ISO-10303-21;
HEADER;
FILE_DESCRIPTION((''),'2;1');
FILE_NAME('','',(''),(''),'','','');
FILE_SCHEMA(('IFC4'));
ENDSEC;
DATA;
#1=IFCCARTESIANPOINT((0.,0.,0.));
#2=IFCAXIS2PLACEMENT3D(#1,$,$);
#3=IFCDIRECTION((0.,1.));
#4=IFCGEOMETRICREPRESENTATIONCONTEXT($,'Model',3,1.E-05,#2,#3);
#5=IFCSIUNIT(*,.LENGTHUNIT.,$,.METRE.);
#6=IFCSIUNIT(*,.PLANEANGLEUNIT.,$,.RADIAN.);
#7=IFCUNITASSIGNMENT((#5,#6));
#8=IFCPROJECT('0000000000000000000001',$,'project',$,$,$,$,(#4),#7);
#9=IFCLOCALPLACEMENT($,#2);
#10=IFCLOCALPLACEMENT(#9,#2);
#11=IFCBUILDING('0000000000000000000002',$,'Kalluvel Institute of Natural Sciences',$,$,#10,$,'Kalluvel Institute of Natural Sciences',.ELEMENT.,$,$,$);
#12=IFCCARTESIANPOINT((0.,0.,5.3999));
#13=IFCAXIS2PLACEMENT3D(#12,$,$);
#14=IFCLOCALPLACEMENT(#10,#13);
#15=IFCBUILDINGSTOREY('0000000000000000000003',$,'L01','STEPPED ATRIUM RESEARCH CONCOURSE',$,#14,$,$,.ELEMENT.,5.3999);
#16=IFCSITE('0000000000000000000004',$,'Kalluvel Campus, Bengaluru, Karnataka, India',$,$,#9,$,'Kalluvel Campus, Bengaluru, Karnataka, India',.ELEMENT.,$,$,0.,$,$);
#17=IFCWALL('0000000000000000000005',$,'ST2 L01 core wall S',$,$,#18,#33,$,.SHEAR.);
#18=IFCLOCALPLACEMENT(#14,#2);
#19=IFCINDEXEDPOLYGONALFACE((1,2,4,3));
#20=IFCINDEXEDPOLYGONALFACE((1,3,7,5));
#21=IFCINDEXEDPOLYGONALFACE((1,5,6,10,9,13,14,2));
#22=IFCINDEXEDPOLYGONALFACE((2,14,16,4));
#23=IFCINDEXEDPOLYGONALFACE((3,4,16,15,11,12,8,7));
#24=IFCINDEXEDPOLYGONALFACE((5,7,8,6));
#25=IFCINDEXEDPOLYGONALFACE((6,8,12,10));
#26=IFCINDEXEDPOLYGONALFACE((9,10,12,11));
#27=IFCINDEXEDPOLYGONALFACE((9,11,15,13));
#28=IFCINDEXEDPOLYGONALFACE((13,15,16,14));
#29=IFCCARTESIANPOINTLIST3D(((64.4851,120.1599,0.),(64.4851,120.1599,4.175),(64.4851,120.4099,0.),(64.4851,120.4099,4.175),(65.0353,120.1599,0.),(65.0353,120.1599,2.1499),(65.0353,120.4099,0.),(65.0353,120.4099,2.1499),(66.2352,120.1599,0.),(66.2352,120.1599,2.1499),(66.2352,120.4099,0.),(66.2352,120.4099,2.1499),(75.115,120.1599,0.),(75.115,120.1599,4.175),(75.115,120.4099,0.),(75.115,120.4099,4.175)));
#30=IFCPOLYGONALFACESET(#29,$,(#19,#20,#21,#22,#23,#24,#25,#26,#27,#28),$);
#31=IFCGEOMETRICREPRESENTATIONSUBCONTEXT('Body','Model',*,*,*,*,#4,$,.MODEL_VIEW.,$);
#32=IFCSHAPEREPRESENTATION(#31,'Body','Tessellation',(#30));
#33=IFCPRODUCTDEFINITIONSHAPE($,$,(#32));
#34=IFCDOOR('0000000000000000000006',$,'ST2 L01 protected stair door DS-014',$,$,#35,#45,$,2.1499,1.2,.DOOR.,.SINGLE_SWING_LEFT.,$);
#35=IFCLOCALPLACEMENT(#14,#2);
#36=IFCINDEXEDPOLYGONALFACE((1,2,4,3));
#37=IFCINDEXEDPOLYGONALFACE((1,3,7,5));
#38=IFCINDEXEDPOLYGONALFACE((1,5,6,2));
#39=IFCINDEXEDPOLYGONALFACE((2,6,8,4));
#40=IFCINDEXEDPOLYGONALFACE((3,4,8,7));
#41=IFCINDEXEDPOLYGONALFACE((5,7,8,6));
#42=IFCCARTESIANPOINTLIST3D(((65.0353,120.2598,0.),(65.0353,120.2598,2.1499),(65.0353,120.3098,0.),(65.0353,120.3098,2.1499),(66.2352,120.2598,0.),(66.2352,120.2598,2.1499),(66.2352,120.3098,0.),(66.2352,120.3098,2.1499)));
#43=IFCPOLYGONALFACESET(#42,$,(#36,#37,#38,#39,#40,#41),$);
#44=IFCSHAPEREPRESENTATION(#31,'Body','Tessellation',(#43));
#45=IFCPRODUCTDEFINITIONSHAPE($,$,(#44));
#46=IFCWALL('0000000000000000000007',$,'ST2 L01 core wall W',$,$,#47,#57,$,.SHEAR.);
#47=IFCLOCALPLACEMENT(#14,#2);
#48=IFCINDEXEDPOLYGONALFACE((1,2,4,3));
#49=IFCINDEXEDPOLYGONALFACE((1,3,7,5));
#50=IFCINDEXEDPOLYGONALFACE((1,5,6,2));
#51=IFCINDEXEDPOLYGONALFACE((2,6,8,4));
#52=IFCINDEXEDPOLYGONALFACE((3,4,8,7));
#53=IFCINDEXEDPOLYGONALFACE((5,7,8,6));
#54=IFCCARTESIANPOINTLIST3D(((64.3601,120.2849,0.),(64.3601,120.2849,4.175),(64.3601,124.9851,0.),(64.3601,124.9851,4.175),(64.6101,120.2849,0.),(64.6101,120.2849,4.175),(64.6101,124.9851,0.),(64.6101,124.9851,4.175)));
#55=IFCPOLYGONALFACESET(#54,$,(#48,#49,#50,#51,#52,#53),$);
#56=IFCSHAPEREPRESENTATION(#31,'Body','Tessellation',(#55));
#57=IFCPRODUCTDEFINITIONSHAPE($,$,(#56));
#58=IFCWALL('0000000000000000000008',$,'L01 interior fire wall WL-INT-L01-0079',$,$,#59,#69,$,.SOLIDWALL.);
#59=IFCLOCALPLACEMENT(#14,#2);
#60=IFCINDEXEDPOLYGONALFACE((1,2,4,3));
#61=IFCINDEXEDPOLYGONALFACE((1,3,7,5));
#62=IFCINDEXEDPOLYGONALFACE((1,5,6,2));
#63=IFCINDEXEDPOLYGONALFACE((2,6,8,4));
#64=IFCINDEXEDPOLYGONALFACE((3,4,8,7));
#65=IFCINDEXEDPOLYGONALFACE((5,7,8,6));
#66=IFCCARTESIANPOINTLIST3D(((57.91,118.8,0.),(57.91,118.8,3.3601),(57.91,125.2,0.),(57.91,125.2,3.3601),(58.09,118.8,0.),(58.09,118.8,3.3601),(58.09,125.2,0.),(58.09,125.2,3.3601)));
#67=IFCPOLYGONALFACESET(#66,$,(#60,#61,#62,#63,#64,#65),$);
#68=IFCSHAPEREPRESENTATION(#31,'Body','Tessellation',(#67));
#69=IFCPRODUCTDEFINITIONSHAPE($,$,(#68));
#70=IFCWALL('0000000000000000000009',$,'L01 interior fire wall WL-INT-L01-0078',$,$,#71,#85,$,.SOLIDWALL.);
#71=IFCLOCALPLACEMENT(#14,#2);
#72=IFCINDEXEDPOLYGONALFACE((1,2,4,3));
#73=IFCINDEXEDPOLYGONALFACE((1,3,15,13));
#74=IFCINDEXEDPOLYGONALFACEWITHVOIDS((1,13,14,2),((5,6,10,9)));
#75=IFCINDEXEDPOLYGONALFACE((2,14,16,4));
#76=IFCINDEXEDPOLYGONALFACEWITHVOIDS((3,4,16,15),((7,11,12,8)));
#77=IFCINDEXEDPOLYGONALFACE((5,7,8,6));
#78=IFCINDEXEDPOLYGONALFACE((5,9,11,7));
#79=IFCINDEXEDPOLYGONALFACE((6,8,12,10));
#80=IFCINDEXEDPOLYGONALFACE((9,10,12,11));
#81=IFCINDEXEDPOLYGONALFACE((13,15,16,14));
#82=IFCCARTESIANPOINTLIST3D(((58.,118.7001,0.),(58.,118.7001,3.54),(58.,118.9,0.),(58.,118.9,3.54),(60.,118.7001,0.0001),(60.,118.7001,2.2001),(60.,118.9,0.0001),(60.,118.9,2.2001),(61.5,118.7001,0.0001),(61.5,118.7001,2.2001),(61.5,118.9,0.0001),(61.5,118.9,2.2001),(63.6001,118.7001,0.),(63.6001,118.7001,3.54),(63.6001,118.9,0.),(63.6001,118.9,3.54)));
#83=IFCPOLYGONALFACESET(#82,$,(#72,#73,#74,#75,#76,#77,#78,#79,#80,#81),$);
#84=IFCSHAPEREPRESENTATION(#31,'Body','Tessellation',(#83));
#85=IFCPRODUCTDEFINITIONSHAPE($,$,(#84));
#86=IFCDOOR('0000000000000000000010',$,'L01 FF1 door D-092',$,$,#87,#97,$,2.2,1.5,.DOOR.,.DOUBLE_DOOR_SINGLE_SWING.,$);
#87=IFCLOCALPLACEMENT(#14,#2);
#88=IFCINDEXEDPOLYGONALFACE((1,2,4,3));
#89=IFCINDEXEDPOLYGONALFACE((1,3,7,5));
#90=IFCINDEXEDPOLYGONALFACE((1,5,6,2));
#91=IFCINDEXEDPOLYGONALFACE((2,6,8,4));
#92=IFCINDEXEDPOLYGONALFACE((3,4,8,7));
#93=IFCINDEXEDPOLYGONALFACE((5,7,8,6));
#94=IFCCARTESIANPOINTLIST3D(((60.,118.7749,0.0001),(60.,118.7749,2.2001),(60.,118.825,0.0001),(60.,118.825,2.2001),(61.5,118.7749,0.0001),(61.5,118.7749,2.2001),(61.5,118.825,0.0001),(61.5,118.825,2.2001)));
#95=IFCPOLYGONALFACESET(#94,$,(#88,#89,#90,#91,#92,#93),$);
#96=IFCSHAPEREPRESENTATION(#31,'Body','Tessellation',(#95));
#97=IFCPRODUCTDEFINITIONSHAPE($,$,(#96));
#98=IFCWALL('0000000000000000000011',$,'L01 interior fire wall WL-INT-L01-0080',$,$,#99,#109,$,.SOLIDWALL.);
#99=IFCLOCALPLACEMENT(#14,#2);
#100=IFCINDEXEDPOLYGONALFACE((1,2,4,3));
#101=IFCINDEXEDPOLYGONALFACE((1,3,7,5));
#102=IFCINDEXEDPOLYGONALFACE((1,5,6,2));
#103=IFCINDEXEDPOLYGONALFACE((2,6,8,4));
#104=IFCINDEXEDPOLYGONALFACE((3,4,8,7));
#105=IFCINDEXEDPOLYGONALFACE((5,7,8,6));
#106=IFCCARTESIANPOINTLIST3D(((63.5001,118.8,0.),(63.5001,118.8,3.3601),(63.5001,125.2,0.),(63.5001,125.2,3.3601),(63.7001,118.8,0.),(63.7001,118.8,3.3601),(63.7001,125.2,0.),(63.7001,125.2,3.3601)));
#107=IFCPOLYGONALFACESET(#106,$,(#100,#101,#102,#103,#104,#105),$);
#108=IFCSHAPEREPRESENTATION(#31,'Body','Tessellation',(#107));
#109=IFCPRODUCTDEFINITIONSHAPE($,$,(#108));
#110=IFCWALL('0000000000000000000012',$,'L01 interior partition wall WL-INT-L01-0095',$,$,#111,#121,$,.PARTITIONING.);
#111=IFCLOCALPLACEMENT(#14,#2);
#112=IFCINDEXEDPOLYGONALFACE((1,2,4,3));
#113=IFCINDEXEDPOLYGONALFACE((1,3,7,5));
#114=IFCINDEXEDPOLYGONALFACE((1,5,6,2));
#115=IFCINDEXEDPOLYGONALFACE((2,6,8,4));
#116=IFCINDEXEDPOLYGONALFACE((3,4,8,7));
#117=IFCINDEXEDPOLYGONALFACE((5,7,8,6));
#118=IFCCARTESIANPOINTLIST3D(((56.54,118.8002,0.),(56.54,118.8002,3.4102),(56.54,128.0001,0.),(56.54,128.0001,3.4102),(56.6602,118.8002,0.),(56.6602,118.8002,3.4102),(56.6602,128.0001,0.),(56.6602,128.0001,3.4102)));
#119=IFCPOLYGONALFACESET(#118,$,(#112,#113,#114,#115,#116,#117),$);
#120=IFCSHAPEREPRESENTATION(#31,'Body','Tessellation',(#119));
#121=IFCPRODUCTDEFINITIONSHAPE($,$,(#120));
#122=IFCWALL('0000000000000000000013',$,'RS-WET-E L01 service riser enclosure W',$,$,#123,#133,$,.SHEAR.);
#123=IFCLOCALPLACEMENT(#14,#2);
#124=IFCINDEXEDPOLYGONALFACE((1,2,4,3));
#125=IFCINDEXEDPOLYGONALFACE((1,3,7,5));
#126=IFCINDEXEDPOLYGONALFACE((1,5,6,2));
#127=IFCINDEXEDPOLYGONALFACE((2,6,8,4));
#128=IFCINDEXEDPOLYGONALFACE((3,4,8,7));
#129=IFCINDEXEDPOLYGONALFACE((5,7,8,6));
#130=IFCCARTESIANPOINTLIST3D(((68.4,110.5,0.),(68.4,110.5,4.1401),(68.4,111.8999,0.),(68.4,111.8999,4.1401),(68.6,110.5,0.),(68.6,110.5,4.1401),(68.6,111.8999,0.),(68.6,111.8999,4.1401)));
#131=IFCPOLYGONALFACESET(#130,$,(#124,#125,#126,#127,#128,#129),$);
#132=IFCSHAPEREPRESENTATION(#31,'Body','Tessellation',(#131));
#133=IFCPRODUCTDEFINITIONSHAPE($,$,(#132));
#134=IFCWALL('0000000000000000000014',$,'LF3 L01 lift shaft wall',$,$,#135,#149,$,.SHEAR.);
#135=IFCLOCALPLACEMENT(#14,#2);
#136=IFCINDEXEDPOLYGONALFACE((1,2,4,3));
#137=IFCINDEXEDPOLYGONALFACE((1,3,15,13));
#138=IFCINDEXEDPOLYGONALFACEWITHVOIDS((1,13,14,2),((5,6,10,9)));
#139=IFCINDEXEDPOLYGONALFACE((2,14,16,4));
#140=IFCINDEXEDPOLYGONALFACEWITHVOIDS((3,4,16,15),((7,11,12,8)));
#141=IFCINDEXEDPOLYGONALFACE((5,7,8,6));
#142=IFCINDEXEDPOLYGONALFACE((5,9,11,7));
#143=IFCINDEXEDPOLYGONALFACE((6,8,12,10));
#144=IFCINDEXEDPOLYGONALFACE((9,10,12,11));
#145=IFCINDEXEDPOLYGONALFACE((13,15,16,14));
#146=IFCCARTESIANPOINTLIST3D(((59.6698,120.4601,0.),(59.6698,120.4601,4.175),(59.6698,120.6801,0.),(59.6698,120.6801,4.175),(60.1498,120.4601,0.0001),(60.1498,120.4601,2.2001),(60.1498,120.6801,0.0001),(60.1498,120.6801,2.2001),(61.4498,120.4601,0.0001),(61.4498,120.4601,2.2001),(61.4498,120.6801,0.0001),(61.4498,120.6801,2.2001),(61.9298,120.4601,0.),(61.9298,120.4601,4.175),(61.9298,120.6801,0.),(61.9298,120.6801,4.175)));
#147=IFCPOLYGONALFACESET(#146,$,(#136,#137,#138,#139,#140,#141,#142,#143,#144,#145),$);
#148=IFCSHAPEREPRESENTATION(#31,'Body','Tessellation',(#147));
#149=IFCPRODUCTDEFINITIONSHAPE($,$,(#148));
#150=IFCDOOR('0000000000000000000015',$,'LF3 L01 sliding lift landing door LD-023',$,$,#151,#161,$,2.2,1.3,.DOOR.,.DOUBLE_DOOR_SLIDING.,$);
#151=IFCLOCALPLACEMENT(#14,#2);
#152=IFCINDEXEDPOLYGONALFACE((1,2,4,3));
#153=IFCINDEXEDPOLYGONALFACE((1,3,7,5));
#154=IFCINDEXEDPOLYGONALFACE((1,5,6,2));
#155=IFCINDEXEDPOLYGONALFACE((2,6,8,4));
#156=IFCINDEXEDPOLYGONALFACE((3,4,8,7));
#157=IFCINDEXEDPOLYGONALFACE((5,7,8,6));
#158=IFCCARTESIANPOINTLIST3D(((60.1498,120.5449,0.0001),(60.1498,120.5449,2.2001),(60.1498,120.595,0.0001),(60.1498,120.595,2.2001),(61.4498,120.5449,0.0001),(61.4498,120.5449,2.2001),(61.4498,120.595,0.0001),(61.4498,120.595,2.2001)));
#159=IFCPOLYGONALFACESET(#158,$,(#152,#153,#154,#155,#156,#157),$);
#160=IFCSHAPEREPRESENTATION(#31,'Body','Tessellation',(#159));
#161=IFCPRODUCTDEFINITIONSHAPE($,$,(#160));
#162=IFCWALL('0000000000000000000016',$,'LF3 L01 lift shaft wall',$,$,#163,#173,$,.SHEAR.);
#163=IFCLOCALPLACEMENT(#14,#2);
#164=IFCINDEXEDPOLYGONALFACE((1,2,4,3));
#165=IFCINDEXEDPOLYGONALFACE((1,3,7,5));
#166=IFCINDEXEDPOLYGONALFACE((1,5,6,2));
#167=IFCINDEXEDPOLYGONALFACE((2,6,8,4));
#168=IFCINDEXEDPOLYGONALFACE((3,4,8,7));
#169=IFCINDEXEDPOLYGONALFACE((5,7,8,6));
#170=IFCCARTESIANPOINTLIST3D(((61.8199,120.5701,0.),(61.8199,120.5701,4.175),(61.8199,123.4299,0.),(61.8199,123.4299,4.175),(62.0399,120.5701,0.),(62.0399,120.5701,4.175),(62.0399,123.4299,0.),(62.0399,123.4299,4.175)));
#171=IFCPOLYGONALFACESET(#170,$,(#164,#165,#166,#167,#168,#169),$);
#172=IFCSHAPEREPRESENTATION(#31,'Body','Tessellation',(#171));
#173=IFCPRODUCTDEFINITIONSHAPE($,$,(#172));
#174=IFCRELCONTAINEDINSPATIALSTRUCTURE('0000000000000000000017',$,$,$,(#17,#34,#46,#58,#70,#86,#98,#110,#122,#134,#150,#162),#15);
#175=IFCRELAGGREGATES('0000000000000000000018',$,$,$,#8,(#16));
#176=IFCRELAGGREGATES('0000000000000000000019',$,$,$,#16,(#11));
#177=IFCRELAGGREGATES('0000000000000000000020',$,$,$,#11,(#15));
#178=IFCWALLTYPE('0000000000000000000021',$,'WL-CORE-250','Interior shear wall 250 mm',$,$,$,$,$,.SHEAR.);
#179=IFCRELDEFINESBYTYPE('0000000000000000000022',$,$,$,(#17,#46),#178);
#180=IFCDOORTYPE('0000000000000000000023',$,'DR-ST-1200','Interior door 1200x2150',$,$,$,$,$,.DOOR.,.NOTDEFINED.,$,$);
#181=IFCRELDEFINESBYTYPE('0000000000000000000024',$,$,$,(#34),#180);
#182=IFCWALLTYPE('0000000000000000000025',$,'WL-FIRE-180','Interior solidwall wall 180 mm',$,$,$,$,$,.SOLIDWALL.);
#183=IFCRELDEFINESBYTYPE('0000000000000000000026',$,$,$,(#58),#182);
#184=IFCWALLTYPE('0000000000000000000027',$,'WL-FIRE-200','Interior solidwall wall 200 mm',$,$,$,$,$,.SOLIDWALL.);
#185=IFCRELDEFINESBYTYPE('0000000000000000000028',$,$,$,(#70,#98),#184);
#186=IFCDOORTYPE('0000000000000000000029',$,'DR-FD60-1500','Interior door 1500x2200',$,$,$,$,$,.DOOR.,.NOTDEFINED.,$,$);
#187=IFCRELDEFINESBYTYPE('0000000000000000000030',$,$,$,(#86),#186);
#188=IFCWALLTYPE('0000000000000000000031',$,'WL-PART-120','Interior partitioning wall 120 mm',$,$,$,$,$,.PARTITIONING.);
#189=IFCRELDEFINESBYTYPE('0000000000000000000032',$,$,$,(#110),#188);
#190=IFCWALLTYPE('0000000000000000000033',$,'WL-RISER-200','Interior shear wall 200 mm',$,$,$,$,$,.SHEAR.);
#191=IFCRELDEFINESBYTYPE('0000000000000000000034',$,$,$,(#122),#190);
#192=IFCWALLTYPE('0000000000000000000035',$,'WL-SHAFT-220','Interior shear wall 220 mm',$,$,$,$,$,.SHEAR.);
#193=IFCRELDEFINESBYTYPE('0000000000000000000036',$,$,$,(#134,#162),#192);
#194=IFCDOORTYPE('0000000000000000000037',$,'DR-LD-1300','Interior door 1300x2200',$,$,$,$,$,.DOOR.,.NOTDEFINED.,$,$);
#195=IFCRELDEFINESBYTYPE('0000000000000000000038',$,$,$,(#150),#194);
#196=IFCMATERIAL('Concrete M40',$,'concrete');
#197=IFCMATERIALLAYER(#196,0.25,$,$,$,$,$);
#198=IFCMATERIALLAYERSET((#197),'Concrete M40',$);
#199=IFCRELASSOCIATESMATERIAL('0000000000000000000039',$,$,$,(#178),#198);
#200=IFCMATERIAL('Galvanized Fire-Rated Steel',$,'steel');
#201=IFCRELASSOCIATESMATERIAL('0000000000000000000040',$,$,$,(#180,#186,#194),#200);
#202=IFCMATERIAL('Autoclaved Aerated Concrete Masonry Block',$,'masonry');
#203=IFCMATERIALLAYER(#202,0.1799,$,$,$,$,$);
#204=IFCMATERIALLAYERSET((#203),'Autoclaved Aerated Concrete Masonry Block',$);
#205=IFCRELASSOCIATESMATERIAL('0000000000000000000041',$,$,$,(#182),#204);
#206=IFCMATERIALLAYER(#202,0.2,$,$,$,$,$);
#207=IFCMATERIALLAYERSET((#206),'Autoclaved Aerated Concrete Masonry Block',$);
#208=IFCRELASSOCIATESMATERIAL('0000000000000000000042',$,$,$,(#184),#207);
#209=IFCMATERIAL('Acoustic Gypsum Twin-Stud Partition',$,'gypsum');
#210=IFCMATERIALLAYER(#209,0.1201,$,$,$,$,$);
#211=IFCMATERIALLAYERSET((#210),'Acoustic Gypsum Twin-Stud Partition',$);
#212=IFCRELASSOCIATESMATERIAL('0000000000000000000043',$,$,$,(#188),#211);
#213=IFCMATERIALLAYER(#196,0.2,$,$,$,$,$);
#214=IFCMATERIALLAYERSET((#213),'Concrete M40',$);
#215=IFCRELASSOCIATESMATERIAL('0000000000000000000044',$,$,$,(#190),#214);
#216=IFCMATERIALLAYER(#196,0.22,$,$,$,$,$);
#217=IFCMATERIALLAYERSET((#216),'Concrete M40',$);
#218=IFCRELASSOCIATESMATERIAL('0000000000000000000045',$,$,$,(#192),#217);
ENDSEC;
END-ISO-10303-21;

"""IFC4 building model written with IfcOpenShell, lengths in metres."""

from ifc_helpers import new_model, si_unit, direction, frame, frame_2d, origin, place, context, subcontext, project, spatial, rectangle, extrude, material, layer, layer_set, type_object, element, fill, save


model = new_model("IFC4")

# Units and contexts
model_context = context("Model", 3, precision=1e-05, world=origin(), true_north=direction((0.0, 1.0)))
body_context = subcontext(model_context, "Body", "Model", "MODEL_VIEW")
ifc_project = project(units=[si_unit("LENGTHUNIT", "METRE"), si_unit("PLANEANGLEUNIT", "RADIAN")], contexts=[model_context])

# Site, building, storey
site_placement = place(None, origin())
site = spatial("IfcSite", under=ifc_project, at=site_placement, Name="Kalluvel Campus, Bengaluru, Karnataka, India", LongName="Kalluvel Campus, Bengaluru, Karnataka, India", CompositionType="ELEMENT", RefElevation=0.0)
building_placement = place(site_placement, origin())
building = spatial("IfcBuilding", under=site, at=building_placement, Name="Kalluvel Institute of Natural Sciences", LongName="Kalluvel Institute of Natural Sciences", CompositionType="ELEMENT")
storey_placement = place(building_placement, frame((0.0, 0.0, 5.3999)))
storey = spatial("IfcBuildingStorey", under=building, at=storey_placement, Name="L01", Description="STEPPED ATRIUM RESEARCH CONCOURSE", CompositionType="ELEMENT", Elevation=5.3999)

# Shared definitions
ifc_material_1 = material(Name="Concrete M40", Category="concrete")

# Wall, opening, door
ifc_layer_1 = layer(ifc_material_1, 0.25)
ifc_layer_set_1 = layer_set([ifc_layer_1], Name="Concrete M40")
wall_type_1 = type_object("IfcWallType", Name="WL-CORE-250", Description="Interior shear wall 250 mm", PredefinedType="SHEAR", material=ifc_layer_set_1)
wall_1_placement = place(storey_placement, frame((64.4851, 120.2849, 0.0), z_axis=(0.0, 0.0, 1.0), x_axis=(1.0, 0.0, 0.0)))
wall_1 = element("IfcWall", 1, at=wall_1_placement, inside=storey, type_object=wall_type_1, Name="ST2 L01 core wall S", PredefinedType="SHEAR", context=body_context, shape_type="SweptSolid", body=[
    extrude(rectangle(XDim=10.6299, YDim=0.25, at=frame_2d((5.3149, 0.0))), origin(), (0.0, 0.0, 1.0), 4.175),
])
opening_1_placement = place(wall_1_placement, frame((0.55, 0.0, 0.0)))
opening_1 = element("IfcOpeningElement", 2, at=opening_1_placement, cuts=wall_1, PredefinedType="OPENING", context=body_context, shape_type="SweptSolid", body=[
    extrude(rectangle(XDim=1.2, YDim=2.1499, at=frame_2d((0.6001, 1.075))), frame((0.0, 0.135, 0.0), z_axis=(0.0, -1.0, 0.0), x_axis=(1.0, 0.0, 0.0)), (0.0, 0.0, 1.0), 0.27),
])
ifc_material_2 = material(Name="Galvanized Fire-Rated Steel", Category="steel")
door_type_1 = type_object("IfcDoorType", Name="DR-ST-1200", Description="Interior door 1200x2150", OperationType="NOTDEFINED", PredefinedType="DOOR", material=ifc_material_2)
door_1_placement = place(opening_1_placement, origin())
door_1 = element("IfcDoor", 3, at=door_1_placement, inside=storey, type_object=door_type_1, Name="ST2 L01 protected stair door DS-014", OperationType="SINGLE_SWING_LEFT", OverallHeight=2.1499, OverallWidth=1.2, PredefinedType="DOOR", context=body_context, shape_type="SweptSolid", body=[
    extrude(rectangle(XDim=1.2, YDim=2.1499, at=frame_2d((0.6001, 1.075))), frame((0.0, 0.0249, 0.0), z_axis=(0.0, -1.0, 0.0), x_axis=(1.0, 0.0, 0.0)), (0.0, 0.0, 1.0), 0.05),
])
fill(opening_1, door_1)

# Walls
wall_2_placement = place(storey_placement, frame((64.4851, 124.9851, 0.0), z_axis=(0.0, 0.0, 1.0), x_axis=(0.0, -1.0, 0.0)))
element("IfcWall", 4, at=wall_2_placement, inside=storey, type_object=wall_type_1, Name="ST2 L01 core wall W", PredefinedType="SHEAR", context=body_context, shape_type="SweptSolid", body=[
    extrude(rectangle(XDim=4.7002, YDim=0.25, at=frame_2d((2.3501, 0.0))), origin(), (0.0, 0.0, 1.0), 4.175),
])
ifc_material_3 = material(Name="Autoclaved Aerated Concrete Masonry Block", Category="masonry")
ifc_layer_2 = layer(ifc_material_3, 0.1799)
ifc_layer_set_2 = layer_set([ifc_layer_2], Name="Autoclaved Aerated Concrete Masonry Block")
wall_type_2 = type_object("IfcWallType", Name="WL-FIRE-180", Description="Interior solidwall wall 180 mm", PredefinedType="SOLIDWALL", material=ifc_layer_set_2)
wall_3_placement = place(storey_placement, frame((58.0, 118.8, 0.0), z_axis=(0.0, 0.0, 1.0), x_axis=(0.0, 1.0, 0.0)))
element("IfcWall", 5, at=wall_3_placement, inside=storey, type_object=wall_type_2, Name="L01 interior fire wall WL-INT-L01-0079", PredefinedType="SOLIDWALL", context=body_context, shape_type="SweptSolid", body=[
    extrude(rectangle(XDim=6.3999, YDim=0.1799, at=frame_2d((3.2, 0.0))), origin(), (0.0, 0.0, 1.0), 3.3601),
])

# Wall, opening, door
ifc_layer_3 = layer(ifc_material_3, 0.2)
ifc_layer_set_3 = layer_set([ifc_layer_3], Name="Autoclaved Aerated Concrete Masonry Block")
wall_type_3 = type_object("IfcWallType", Name="WL-FIRE-200", Description="Interior solidwall wall 200 mm", PredefinedType="SOLIDWALL", material=ifc_layer_set_3)
wall_4_placement = place(storey_placement, frame((58.0, 118.8, 0.0), z_axis=(0.0, 0.0, 1.0), x_axis=(1.0, 0.0, 0.0)))
wall_4 = element("IfcWall", 6, at=wall_4_placement, inside=storey, type_object=wall_type_3, Name="L01 interior fire wall WL-INT-L01-0078", PredefinedType="SOLIDWALL", context=body_context, shape_type="SweptSolid", body=[
    extrude(rectangle(XDim=5.6001, YDim=0.2, at=frame_2d((2.8, 0.0))), origin(), (0.0, 0.0, 1.0), 3.54),
])
opening_2_placement = place(wall_4_placement, frame((2.0, 0.0, 0.0)))
opening_2 = element("IfcOpeningElement", 7, at=opening_2_placement, cuts=wall_4, PredefinedType="OPENING", context=body_context, shape_type="SweptSolid", body=[
    extrude(rectangle(XDim=1.5, YDim=2.2, at=frame_2d((0.75, 1.1001))), frame((0.0, 0.1099, 0.0), z_axis=(0.0, -1.0, 0.0), x_axis=(1.0, 0.0, 0.0)), (0.0, 0.0, 1.0), 0.22),
])
door_type_2 = type_object("IfcDoorType", Name="DR-FD60-1500", Description="Interior door 1500x2200", OperationType="NOTDEFINED", PredefinedType="DOOR", material=ifc_material_2)
door_2_placement = place(opening_2_placement, origin())
door_2 = element("IfcDoor", 8, at=door_2_placement, inside=storey, type_object=door_type_2, Name="L01 FF1 door D-092", OperationType="DOUBLE_DOOR_SINGLE_SWING", OverallHeight=2.2, OverallWidth=1.5, PredefinedType="DOOR", context=body_context, shape_type="SweptSolid", body=[
    extrude(rectangle(XDim=1.5, YDim=2.2, at=frame_2d((0.75, 1.1001))), frame((0.0, 0.0249, 0.0), z_axis=(0.0, -1.0, 0.0), x_axis=(1.0, 0.0, 0.0)), (0.0, 0.0, 1.0), 0.05),
])
fill(opening_2, door_2)

# Walls
wall_5_placement = place(storey_placement, frame((63.6001, 118.8, 0.0), z_axis=(0.0, 0.0, 1.0), x_axis=(0.0, 1.0, 0.0)))
element("IfcWall", 9, at=wall_5_placement, inside=storey, type_object=wall_type_3, Name="L01 interior fire wall WL-INT-L01-0080", PredefinedType="SOLIDWALL", context=body_context, shape_type="SweptSolid", body=[
    extrude(rectangle(XDim=6.3999, YDim=0.2, at=frame_2d((3.2, 0.0))), origin(), (0.0, 0.0, 1.0), 3.3601),
])
ifc_material_4 = material(Name="Acoustic Gypsum Twin-Stud Partition", Category="gypsum")
ifc_layer_4 = layer(ifc_material_4, 0.1201)
ifc_layer_set_4 = layer_set([ifc_layer_4], Name="Acoustic Gypsum Twin-Stud Partition")
wall_type_4 = type_object("IfcWallType", Name="WL-PART-120", Description="Interior partitioning wall 120 mm", PredefinedType="PARTITIONING", material=ifc_layer_set_4)
wall_6_placement = place(storey_placement, frame((56.6001, 118.8, 0.0), z_axis=(0.0, 0.0, 1.0), x_axis=(0.0, 1.0, 0.0)))
element("IfcWall", 10, at=wall_6_placement, inside=storey, type_object=wall_type_4, Name="L01 interior partition wall WL-INT-L01-0095", PredefinedType="PARTITIONING", context=body_context, shape_type="SweptSolid", body=[
    extrude(rectangle(XDim=9.2, YDim=0.1201, at=frame_2d((4.6001, 0.0))), origin(), (0.0, 0.0, 1.0), 3.4102),
])
ifc_layer_5 = layer(ifc_material_1, 0.2)
ifc_layer_set_5 = layer_set([ifc_layer_5], Name="Concrete M40")
wall_type_5 = type_object("IfcWallType", Name="WL-RISER-200", Description="Interior shear wall 200 mm", PredefinedType="SHEAR", material=ifc_layer_set_5)
wall_7_placement = place(storey_placement, frame((68.5, 111.8999, 0.0), z_axis=(0.0, 0.0, 1.0), x_axis=(0.0, -1.0, 0.0)))
element("IfcWall", 11, at=wall_7_placement, inside=storey, type_object=wall_type_5, Name="RS-WET-E L01 service riser enclosure W", PredefinedType="SHEAR", context=body_context, shape_type="SweptSolid", body=[
    extrude(rectangle(XDim=1.3999, YDim=0.2, at=frame_2d((0.7, 0.0))), origin(), (0.0, 0.0, 1.0), 4.1401),
])

# Wall, opening, door
ifc_layer_6 = layer(ifc_material_1, 0.22)
ifc_layer_set_6 = layer_set([ifc_layer_6], Name="Concrete M40")
wall_type_6 = type_object("IfcWallType", Name="WL-SHAFT-220", Description="Interior shear wall 220 mm", PredefinedType="SHEAR", material=ifc_layer_set_6)
wall_8_placement = place(storey_placement, frame((59.6699, 120.5701, 0.0), z_axis=(0.0, 0.0, 1.0), x_axis=(1.0, 0.0, 0.0)))
wall_8 = element("IfcWall", 12, at=wall_8_placement, inside=storey, type_object=wall_type_6, Name="LF3 L01 lift shaft wall", PredefinedType="SHEAR", context=body_context, shape_type="SweptSolid", body=[
    extrude(rectangle(XDim=2.26, YDim=0.22, at=frame_2d((1.1299, 0.0))), origin(), (0.0, 0.0, 1.0), 4.175),
])
opening_3_placement = place(wall_8_placement, frame((0.48, 0.0, 0.0)))
opening_3 = element("IfcOpeningElement", 13, at=opening_3_placement, cuts=wall_8, PredefinedType="OPENING", context=body_context, shape_type="SweptSolid", body=[
    extrude(rectangle(XDim=1.3, YDim=2.2, at=frame_2d((0.6499, 1.1001))), frame((0.0, 0.1199, 0.0), z_axis=(0.0, -1.0, 0.0), x_axis=(1.0, 0.0, 0.0)), (0.0, 0.0, 1.0), 0.24),
])
door_type_3 = type_object("IfcDoorType", Name="DR-LD-1300", Description="Interior door 1300x2200", OperationType="NOTDEFINED", PredefinedType="DOOR", material=ifc_material_2)
door_3_placement = place(opening_3_placement, origin())
door_3 = element("IfcDoor", 14, at=door_3_placement, inside=storey, type_object=door_type_3, Name="LF3 L01 sliding lift landing door LD-023", OperationType="DOUBLE_DOOR_SLIDING", OverallHeight=2.2, OverallWidth=1.3, PredefinedType="DOOR", context=body_context, shape_type="SweptSolid", body=[
    extrude(rectangle(XDim=1.3, YDim=2.2, at=frame_2d((0.6499, 1.1001))), frame((0.0, 0.0249, 0.0), z_axis=(0.0, -1.0, 0.0), x_axis=(1.0, 0.0, 0.0)), (0.0, 0.0, 1.0), 0.05),
])
fill(opening_3, door_3)

# Wall
wall_9_placement = place(storey_placement, frame((61.9299, 120.5701, 0.0), z_axis=(0.0, 0.0, 1.0), x_axis=(0.0, 1.0, 0.0)))
element("IfcWall", 15, at=wall_9_placement, inside=storey, type_object=wall_type_6, Name="LF3 L01 lift shaft wall", PredefinedType="SHEAR", context=body_context, shape_type="SweptSolid", body=[
    extrude(rectangle(XDim=2.8599, YDim=0.22, at=frame_2d((1.4299, 0.0))), origin(), (0.0, 0.0, 1.0), 4.175),
])

save(model, "model.ifc")
